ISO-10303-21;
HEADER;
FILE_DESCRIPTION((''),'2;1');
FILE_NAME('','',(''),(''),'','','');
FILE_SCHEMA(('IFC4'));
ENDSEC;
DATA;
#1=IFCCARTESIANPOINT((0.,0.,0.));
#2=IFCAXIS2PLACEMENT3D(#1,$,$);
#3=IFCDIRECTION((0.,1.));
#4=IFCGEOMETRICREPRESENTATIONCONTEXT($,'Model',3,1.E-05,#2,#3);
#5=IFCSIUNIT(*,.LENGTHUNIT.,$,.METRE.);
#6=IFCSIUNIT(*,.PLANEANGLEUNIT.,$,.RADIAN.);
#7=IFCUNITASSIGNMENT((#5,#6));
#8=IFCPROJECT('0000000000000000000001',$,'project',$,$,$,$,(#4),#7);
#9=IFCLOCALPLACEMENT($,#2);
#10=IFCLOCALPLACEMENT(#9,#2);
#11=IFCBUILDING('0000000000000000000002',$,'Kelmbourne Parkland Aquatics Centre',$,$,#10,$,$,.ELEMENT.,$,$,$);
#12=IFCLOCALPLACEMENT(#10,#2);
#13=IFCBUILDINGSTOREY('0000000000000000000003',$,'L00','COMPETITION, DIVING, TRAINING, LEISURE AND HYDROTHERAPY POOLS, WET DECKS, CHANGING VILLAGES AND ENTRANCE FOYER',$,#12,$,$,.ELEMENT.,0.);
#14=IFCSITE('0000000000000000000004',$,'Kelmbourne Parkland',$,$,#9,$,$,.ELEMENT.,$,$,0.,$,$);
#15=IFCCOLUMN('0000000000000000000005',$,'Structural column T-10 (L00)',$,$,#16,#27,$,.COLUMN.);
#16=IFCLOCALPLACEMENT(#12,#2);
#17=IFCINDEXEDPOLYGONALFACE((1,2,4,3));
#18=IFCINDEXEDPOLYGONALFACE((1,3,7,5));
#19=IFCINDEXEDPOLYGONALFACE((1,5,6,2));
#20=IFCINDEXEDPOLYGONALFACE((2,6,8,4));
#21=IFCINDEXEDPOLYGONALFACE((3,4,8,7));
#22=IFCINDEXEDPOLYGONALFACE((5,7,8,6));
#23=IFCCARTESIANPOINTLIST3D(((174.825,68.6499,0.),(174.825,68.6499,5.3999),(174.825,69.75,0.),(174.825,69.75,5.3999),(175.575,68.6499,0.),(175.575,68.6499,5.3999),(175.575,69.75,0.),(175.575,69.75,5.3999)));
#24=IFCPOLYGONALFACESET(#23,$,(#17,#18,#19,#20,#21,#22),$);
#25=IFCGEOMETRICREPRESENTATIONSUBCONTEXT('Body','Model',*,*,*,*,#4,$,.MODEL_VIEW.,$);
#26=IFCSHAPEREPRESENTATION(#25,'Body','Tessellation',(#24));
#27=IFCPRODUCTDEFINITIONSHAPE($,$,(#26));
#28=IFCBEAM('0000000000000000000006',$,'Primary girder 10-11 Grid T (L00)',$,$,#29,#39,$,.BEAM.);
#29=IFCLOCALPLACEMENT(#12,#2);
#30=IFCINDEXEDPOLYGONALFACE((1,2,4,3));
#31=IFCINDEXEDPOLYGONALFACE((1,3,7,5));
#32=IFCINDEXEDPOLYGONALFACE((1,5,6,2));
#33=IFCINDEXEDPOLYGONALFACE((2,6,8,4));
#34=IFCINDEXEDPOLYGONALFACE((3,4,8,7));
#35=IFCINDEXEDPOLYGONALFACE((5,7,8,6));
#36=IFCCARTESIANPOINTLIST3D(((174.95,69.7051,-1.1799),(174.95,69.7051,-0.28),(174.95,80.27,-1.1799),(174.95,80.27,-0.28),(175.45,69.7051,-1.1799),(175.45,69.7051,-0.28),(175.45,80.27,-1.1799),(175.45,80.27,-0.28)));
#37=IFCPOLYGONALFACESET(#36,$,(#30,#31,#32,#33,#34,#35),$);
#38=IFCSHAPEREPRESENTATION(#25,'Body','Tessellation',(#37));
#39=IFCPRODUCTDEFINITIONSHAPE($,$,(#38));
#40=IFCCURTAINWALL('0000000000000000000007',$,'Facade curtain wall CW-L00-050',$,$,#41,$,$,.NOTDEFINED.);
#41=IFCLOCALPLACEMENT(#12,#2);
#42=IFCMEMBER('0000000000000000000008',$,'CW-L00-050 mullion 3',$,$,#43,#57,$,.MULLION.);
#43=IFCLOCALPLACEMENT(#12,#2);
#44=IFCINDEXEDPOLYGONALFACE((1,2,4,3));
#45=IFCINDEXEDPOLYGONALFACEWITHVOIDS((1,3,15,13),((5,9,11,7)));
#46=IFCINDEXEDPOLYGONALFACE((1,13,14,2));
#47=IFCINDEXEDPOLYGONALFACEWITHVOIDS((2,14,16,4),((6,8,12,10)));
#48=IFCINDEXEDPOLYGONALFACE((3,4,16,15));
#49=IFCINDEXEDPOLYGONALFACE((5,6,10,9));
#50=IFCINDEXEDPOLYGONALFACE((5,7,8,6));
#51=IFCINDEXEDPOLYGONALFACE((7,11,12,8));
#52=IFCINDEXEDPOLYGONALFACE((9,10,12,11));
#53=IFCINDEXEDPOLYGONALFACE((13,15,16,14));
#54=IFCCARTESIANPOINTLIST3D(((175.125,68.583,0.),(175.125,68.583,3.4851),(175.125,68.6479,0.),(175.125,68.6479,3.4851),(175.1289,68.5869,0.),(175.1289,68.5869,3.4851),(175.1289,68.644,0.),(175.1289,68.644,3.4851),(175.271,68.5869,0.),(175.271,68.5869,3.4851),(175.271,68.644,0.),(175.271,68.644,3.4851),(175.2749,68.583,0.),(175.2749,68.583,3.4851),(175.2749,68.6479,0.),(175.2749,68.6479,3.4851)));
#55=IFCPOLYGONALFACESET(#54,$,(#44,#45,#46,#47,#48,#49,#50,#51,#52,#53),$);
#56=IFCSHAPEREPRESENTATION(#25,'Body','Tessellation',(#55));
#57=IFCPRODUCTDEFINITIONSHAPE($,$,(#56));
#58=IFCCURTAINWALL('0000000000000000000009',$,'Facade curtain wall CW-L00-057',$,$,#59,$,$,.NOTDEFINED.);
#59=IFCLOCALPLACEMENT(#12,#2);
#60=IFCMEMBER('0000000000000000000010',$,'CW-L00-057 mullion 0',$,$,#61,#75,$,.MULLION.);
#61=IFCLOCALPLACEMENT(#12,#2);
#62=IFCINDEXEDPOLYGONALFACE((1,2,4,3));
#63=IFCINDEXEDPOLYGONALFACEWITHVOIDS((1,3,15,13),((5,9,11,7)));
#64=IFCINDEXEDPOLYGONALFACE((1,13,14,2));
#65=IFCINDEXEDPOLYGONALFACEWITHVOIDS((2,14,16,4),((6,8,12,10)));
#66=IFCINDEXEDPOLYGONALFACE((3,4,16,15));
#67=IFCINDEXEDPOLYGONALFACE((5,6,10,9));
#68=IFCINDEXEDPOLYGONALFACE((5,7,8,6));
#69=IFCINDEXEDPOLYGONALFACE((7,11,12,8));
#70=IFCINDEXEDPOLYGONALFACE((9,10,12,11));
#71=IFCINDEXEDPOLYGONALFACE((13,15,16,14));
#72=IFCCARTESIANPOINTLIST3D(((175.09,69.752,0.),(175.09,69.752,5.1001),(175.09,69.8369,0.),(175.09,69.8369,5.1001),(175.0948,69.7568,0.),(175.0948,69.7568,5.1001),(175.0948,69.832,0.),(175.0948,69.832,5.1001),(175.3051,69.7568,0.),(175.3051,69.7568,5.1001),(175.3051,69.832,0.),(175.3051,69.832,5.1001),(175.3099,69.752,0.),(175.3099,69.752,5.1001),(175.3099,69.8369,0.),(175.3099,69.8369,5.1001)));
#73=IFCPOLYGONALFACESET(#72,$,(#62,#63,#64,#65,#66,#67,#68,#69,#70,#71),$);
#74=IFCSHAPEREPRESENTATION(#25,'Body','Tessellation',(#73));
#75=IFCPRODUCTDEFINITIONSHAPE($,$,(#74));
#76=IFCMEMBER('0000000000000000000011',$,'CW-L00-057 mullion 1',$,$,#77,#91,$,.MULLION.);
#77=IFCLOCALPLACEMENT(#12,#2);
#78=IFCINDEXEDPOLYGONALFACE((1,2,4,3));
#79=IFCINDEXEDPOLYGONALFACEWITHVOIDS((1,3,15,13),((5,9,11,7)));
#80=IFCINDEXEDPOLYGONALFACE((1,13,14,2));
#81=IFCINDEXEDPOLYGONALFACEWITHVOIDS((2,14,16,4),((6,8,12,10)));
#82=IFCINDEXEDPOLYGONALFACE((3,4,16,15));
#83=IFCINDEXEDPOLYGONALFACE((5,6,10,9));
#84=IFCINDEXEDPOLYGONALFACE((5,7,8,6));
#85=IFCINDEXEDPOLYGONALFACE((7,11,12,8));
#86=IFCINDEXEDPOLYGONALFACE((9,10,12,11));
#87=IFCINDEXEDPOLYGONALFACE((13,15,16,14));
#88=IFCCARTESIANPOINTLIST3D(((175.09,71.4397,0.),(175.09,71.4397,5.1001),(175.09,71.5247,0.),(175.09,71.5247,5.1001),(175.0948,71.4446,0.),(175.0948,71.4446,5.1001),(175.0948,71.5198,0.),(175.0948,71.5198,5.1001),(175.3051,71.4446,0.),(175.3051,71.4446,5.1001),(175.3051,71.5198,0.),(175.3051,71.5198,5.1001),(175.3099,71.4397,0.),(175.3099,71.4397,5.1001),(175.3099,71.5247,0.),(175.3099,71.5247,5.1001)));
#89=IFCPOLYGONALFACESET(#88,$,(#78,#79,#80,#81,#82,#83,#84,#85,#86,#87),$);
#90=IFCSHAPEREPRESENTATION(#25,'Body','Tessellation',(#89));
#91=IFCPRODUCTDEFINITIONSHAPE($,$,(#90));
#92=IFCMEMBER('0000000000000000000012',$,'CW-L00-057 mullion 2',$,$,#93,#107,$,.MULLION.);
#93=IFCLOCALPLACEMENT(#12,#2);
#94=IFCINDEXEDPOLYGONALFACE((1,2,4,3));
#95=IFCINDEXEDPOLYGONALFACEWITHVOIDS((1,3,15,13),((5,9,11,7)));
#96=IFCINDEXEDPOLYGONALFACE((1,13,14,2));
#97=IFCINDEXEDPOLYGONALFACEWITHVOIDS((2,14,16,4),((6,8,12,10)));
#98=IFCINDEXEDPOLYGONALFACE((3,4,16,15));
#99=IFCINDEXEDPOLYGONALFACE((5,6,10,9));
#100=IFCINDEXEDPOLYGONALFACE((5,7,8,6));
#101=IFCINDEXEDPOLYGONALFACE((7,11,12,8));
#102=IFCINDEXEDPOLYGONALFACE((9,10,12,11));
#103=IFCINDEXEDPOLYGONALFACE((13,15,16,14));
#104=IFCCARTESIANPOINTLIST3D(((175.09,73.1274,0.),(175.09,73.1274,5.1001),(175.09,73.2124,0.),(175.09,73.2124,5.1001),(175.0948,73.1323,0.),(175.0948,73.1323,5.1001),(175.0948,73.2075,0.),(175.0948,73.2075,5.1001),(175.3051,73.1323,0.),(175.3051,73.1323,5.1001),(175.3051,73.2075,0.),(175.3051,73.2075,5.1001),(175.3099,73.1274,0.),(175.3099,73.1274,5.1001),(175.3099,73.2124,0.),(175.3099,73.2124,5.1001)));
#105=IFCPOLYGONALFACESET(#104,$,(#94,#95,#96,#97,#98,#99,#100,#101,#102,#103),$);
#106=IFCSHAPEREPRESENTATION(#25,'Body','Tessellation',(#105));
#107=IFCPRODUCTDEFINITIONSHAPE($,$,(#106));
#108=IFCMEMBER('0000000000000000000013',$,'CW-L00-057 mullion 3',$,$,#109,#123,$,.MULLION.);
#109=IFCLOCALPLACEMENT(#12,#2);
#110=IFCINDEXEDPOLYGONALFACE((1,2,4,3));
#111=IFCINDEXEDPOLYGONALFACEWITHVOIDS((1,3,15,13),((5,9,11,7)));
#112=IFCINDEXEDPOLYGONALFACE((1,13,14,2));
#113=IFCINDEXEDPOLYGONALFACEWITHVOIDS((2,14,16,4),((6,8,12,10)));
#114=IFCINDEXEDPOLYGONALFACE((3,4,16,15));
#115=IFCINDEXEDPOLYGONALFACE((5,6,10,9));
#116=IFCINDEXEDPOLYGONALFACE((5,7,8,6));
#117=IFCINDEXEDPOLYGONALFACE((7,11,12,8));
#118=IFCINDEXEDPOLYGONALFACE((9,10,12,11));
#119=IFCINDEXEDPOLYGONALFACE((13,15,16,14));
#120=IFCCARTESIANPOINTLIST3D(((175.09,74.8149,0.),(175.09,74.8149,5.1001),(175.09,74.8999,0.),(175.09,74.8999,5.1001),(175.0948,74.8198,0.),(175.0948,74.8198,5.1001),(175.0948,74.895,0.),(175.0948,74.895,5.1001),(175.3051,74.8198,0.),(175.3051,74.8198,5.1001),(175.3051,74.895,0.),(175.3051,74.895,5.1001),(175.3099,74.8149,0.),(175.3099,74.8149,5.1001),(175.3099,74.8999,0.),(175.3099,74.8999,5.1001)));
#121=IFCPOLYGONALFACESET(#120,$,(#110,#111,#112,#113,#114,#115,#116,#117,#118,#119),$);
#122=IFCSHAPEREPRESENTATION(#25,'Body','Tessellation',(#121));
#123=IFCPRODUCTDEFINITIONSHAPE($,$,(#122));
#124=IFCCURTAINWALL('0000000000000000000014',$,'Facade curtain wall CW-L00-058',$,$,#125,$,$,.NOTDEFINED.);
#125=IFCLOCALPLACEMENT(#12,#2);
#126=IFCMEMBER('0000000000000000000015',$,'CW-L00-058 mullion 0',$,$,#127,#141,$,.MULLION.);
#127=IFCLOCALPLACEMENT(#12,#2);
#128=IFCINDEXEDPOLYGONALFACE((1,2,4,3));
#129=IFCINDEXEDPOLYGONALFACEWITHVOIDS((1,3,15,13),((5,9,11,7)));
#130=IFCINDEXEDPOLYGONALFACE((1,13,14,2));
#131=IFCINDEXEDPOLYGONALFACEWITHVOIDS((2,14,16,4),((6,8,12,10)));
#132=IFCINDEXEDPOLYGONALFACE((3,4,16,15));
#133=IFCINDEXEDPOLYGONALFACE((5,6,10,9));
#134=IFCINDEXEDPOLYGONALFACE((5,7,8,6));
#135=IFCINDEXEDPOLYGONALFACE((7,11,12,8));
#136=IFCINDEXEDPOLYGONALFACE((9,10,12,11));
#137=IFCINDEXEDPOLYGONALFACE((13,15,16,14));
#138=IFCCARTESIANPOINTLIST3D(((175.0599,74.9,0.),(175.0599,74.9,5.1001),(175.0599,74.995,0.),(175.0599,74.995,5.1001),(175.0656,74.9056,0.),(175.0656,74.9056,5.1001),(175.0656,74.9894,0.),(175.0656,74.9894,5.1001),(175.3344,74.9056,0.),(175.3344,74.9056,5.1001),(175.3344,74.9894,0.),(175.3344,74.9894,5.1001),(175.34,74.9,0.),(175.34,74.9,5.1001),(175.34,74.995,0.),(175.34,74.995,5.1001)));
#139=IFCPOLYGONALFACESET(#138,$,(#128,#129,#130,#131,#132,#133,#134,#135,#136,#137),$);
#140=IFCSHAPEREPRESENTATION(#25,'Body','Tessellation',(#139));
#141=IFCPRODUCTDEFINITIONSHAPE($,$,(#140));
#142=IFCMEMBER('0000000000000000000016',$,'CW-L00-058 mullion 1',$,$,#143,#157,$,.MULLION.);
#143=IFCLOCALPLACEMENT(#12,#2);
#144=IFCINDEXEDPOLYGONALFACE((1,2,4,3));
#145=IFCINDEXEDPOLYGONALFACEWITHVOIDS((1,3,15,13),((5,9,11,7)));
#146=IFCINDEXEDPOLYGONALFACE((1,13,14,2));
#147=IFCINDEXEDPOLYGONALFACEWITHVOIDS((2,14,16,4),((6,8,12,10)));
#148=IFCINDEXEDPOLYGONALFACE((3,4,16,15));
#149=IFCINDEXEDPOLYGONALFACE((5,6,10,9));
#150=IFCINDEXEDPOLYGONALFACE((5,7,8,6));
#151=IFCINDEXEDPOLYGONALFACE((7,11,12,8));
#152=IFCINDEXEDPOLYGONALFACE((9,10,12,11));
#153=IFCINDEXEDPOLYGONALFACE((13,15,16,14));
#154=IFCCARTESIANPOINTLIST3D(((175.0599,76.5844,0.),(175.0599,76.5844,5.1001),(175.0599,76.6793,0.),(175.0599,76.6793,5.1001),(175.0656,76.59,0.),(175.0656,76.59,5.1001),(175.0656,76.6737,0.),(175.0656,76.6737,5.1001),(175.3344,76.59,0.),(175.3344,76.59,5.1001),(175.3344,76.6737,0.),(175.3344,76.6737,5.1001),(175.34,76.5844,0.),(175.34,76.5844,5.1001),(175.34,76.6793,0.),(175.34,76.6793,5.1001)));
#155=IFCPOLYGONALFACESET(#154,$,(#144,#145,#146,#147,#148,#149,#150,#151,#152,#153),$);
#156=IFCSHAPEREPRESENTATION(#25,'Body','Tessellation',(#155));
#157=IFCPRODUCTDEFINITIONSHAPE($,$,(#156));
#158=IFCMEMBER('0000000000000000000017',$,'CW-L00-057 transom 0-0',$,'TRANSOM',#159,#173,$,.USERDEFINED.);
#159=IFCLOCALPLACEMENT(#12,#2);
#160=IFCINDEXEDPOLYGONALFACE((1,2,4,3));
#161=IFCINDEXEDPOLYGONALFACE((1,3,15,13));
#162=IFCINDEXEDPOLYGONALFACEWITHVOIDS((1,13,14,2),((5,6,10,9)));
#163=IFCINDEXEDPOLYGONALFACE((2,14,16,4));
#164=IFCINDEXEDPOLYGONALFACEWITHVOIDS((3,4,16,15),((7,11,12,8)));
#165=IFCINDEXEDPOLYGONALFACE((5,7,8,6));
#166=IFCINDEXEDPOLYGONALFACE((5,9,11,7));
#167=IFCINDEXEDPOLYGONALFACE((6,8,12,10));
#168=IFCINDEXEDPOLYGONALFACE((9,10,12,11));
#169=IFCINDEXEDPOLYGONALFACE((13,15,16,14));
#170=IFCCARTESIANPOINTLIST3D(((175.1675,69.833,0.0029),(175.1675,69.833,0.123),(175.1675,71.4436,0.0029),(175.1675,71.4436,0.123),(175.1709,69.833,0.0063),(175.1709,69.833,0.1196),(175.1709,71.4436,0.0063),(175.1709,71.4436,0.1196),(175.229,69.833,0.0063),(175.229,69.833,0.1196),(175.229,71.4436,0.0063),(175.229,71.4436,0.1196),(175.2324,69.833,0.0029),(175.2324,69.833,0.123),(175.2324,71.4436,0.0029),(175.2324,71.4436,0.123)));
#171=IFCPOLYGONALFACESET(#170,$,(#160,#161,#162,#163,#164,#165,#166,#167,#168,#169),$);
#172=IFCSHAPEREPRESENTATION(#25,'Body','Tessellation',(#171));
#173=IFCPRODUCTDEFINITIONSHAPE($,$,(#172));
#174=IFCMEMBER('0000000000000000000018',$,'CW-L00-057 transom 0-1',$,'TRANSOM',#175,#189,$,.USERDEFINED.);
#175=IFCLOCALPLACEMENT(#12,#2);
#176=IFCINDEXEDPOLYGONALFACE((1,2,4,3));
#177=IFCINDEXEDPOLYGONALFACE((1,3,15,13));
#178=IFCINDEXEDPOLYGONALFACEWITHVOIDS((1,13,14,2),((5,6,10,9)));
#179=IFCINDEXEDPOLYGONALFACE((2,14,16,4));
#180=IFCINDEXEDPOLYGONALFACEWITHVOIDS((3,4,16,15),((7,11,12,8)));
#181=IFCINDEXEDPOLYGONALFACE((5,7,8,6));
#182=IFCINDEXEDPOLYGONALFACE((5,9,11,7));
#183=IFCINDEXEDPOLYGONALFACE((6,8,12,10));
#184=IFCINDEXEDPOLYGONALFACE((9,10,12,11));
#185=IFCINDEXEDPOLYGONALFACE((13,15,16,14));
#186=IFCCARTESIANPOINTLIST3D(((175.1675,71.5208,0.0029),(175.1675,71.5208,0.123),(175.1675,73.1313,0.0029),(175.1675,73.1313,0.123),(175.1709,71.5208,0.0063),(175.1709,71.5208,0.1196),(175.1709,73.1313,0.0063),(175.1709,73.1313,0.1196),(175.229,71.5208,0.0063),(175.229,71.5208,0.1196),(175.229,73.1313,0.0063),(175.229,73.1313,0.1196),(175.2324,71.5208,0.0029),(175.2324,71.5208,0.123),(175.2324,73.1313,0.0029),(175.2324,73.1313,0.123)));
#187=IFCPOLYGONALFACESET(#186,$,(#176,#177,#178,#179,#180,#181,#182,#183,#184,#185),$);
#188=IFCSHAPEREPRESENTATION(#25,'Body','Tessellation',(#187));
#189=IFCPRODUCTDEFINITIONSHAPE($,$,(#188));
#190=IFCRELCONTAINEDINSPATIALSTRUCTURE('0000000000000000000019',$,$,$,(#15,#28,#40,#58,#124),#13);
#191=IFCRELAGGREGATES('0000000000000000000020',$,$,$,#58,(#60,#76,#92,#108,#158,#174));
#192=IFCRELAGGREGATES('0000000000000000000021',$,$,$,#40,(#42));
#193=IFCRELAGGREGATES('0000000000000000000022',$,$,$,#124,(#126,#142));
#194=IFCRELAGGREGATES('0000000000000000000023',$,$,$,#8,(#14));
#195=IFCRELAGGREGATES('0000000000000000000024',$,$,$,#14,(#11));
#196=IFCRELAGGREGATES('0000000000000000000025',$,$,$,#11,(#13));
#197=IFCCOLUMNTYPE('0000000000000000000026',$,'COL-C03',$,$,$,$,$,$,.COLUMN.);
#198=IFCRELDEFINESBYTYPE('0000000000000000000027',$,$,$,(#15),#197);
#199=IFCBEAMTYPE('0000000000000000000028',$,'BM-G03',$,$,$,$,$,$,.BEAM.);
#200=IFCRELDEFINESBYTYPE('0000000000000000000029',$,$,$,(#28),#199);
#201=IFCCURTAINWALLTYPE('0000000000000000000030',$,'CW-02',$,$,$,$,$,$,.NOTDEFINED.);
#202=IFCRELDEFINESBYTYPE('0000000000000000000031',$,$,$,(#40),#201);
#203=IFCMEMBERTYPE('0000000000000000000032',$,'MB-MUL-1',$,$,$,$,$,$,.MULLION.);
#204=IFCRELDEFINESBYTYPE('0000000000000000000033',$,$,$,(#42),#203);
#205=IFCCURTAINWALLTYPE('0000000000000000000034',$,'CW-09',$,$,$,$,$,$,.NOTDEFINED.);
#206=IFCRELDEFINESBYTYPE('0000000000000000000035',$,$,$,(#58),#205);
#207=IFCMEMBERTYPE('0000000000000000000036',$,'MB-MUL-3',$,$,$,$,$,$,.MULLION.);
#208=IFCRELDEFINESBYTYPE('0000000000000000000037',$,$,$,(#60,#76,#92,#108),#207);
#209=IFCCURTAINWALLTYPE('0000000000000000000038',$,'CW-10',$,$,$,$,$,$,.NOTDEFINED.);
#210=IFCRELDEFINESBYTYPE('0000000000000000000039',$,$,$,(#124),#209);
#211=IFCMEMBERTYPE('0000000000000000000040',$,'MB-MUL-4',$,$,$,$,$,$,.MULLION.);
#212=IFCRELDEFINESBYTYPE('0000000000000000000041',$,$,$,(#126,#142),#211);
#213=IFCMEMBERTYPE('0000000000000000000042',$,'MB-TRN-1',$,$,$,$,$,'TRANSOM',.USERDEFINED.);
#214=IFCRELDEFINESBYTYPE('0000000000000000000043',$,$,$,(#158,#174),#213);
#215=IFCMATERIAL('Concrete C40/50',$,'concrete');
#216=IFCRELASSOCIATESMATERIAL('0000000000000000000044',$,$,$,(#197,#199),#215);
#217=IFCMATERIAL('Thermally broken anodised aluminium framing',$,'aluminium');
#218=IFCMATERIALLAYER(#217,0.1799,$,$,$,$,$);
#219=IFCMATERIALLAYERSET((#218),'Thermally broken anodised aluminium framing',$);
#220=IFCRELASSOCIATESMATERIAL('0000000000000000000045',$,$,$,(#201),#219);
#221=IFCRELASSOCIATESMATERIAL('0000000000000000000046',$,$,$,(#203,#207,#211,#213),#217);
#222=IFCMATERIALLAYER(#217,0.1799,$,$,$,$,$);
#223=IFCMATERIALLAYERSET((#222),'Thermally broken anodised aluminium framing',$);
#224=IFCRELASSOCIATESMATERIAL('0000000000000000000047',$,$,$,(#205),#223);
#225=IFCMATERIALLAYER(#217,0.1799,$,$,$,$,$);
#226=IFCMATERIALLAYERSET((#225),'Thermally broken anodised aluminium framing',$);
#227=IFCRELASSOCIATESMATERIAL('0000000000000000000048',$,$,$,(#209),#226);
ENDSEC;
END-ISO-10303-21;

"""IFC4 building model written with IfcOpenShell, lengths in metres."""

from ifc_helpers import new_model, si_unit, direction, frame, origin, origin_2d, place, context, subcontext, project, spatial, rectangle, hollow_rectangle, extrude, material, layer, layer_set, material_profile, profile_set, type_object, element, aggregate, save


model = new_model("IFC4")

# Units and contexts
model_context = context("Model", 3, precision=1e-05, world=origin(), true_north=direction((0.0, 1.0)))
body_context = subcontext(model_context, "Body", "Model", "MODEL_VIEW")
ifc_project = project(units=[si_unit("LENGTHUNIT", "METRE"), si_unit("PLANEANGLEUNIT", "RADIAN")], contexts=[model_context])

# Site, building, storey
site_placement = place(None, origin())
site = spatial("IfcSite", under=ifc_project, at=site_placement, Name="Kelmbourne Parkland", CompositionType="ELEMENT", RefElevation=0.0)
building_placement = place(site_placement, origin())
building = spatial("IfcBuilding", under=site, at=building_placement, Name="Kelmbourne Parkland Aquatics Centre", CompositionType="ELEMENT")
storey_placement = place(building_placement, origin())
storey = spatial("IfcBuildingStorey", under=building, at=storey_placement, Name="L00", Description="COMPETITION, DIVING, TRAINING, LEISURE AND HYDROTHERAPY POOLS, WET DECKS, CHANGING VILLAGES AND ENTRANCE FOYER", CompositionType="ELEMENT", Elevation=0.0)

# Column
ifc_material_1 = material(Name="Concrete C40/50", Category="concrete")
ifc_material_profile_1 = material_profile(ifc_material_1, rectangle(XDim=0.75, YDim=1.1001, at=origin_2d()), Name="RC 750x1100")
ifc_profile_set_1 = profile_set([ifc_material_profile_1], Name="Concrete C40/50")
column_type = type_object("IfcColumnType", Name="COL-C03", PredefinedType="COLUMN", material=ifc_profile_set_1)
column_placement = place(storey_placement, frame((175.2, 69.2, 0.0), z_axis=(0.0, 0.0, 1.0), x_axis=(1.0, 0.0, 0.0)))
element("IfcColumn", 1, at=column_placement, inside=storey, type_object=column_type, Name="Structural column T-10 (L00)", PredefinedType="COLUMN", context=body_context, shape_type="SweptSolid", body=[
    extrude(rectangle(XDim=0.75, YDim=1.1001, at=origin_2d()), origin(), (0.0, 0.0, 1.0), 5.3999),
])

# Beam
ifc_material_profile_2 = material_profile(ifc_material_1, rectangle(XDim=0.5, YDim=0.8999, at=origin_2d()), Name="RC 500x900")
ifc_profile_set_2 = profile_set([ifc_material_profile_2], Name="Concrete C40/50")
beam_type = type_object("IfcBeamType", Name="BM-G03", PredefinedType="BEAM", material=ifc_profile_set_2)
beam_placement = place(storey_placement, frame((175.2, 69.7051, -0.73), z_axis=(0.0, 1.0, 0.0), x_axis=(-1.0, 0.0, 0.0)))
element("IfcBeam", 2, at=beam_placement, inside=storey, type_object=beam_type, Name="Primary girder 10-11 Grid T (L00)", PredefinedType="BEAM", context=body_context, shape_type="SweptSolid", body=[
    extrude(rectangle(XDim=0.5, YDim=0.8999, at=origin_2d()), origin(), (0.0, 0.0, 1.0), 10.5649),
])

# Curtain wall, member
ifc_material_2 = material(Name="Thermally broken anodised aluminium framing", Category="aluminium")
ifc_layer_1 = layer(ifc_material_2, 0.1799)
ifc_layer_set_1 = layer_set([ifc_layer_1], Name="Thermally broken anodised aluminium framing")
curtain_wall_type_1 = type_object("IfcCurtainWallType", Name="CW-02", PredefinedType="NOTDEFINED", material=ifc_layer_set_1)
curtain_wall_1_placement = place(storey_placement, origin())
curtain_wall_1 = element("IfcCurtainWall", 3, at=curtain_wall_1_placement, inside=storey, type_object=curtain_wall_type_1, Name="Facade curtain wall CW-L00-050", PredefinedType="NOTDEFINED")
ifc_material_profile_3 = material_profile(ifc_material_2, hollow_rectangle(XDim=0.0649, YDim=0.1499, WallThickness=0.0039, at=origin_2d()), Name="CW-M 65x150")
ifc_profile_set_3 = profile_set([ifc_material_profile_3], Name="Thermally broken anodised aluminium framing")
member_type_1 = type_object("IfcMemberType", Name="MB-MUL-1", PredefinedType="MULLION", material=ifc_profile_set_3)
member_1_placement = place(storey_placement, frame((175.2, 68.6155, 0.0), z_axis=(0.0, 0.0, 1.0), x_axis=(0.0, 1.0, 0.0)))
member_1 = element("IfcMember", 4, at=member_1_placement, type_object=member_type_1, Name="CW-L00-050 mullion 3", PredefinedType="MULLION", context=body_context, shape_type="SweptSolid", body=[
    extrude(hollow_rectangle(XDim=0.0649, YDim=0.1499, WallThickness=0.0039, at=origin_2d()), origin(), (0.0, 0.0, 1.0), 3.4851),
])

# Curtain walls, members
ifc_layer_2 = layer(ifc_material_2, 0.1799)
ifc_layer_set_2 = layer_set([ifc_layer_2], Name="Thermally broken anodised aluminium framing")
curtain_wall_type_2 = type_object("IfcCurtainWallType", Name="CW-09", PredefinedType="NOTDEFINED", material=ifc_layer_set_2)
curtain_wall_2_placement = place(storey_placement, origin())
curtain_wall_2 = element("IfcCurtainWall", 5, at=curtain_wall_2_placement, inside=storey, type_object=curtain_wall_type_2, Name="Facade curtain wall CW-L00-057", PredefinedType="NOTDEFINED")
ifc_material_profile_4 = material_profile(ifc_material_2, hollow_rectangle(XDim=0.085, YDim=0.22, WallThickness=0.0049, at=origin_2d()), Name="CW-M 85x220")
ifc_profile_set_4 = profile_set([ifc_material_profile_4], Name="Thermally broken anodised aluminium framing")
member_type_2 = type_object("IfcMemberType", Name="MB-MUL-3", PredefinedType="MULLION", material=ifc_profile_set_4)
member_2_placement = place(storey_placement, frame((175.2, 69.7944, 0.0), z_axis=(0.0, 0.0, 1.0), x_axis=(0.0, 1.0, 0.0)))
member_2 = element("IfcMember", 6, at=member_2_placement, type_object=member_type_2, Name="CW-L00-057 mullion 0", PredefinedType="MULLION", context=body_context, shape_type="SweptSolid", body=[
    extrude(hollow_rectangle(XDim=0.085, YDim=0.22, WallThickness=0.0049, at=origin_2d()), origin(), (0.0, 0.0, 1.0), 5.1001),
])
member_3_placement = place(storey_placement, frame((175.2, 71.4822, 0.0), z_axis=(0.0, 0.0, 1.0), x_axis=(0.0, 1.0, 0.0)))
member_3 = element("IfcMember", 7, at=member_3_placement, type_object=member_type_2, Name="CW-L00-057 mullion 1", PredefinedType="MULLION", context=body_context, shape_type="SweptSolid", body=[
    extrude(hollow_rectangle(XDim=0.085, YDim=0.22, WallThickness=0.0049, at=origin_2d()), origin(), (0.0, 0.0, 1.0), 5.1001),
])
member_4_placement = place(storey_placement, frame((175.2, 73.1699, 0.0), z_axis=(0.0, 0.0, 1.0), x_axis=(0.0, 1.0, 0.0)))
member_4 = element("IfcMember", 8, at=member_4_placement, type_object=member_type_2, Name="CW-L00-057 mullion 2", PredefinedType="MULLION", context=body_context, shape_type="SweptSolid", body=[
    extrude(hollow_rectangle(XDim=0.085, YDim=0.22, WallThickness=0.0049, at=origin_2d()), origin(), (0.0, 0.0, 1.0), 5.1001),
])
member_5_placement = place(storey_placement, frame((175.2, 74.8574, 0.0), z_axis=(0.0, 0.0, 1.0), x_axis=(0.0, 1.0, 0.0)))
member_5 = element("IfcMember", 9, at=member_5_placement, type_object=member_type_2, Name="CW-L00-057 mullion 3", PredefinedType="MULLION", context=body_context, shape_type="SweptSolid", body=[
    extrude(hollow_rectangle(XDim=0.085, YDim=0.22, WallThickness=0.0049, at=origin_2d()), origin(), (0.0, 0.0, 1.0), 5.1001),
])
ifc_layer_3 = layer(ifc_material_2, 0.1799)
ifc_layer_set_3 = layer_set([ifc_layer_3], Name="Thermally broken anodised aluminium framing")
curtain_wall_type_3 = type_object("IfcCurtainWallType", Name="CW-10", PredefinedType="NOTDEFINED", material=ifc_layer_set_3)
curtain_wall_3_placement = place(storey_placement, origin())
curtain_wall_3 = element("IfcCurtainWall", 10, at=curtain_wall_3_placement, inside=storey, type_object=curtain_wall_type_3, Name="Facade curtain wall CW-L00-058", PredefinedType="NOTDEFINED")
ifc_material_profile_5 = material_profile(ifc_material_2, hollow_rectangle(XDim=0.095, YDim=0.28, WallThickness=0.0056, at=origin_2d()), Name="CW-M 95x280")
ifc_profile_set_5 = profile_set([ifc_material_profile_5], Name="Thermally broken anodised aluminium framing")
member_type_3 = type_object("IfcMemberType", Name="MB-MUL-4", PredefinedType="MULLION", material=ifc_profile_set_5)
member_6_placement = place(storey_placement, frame((175.2, 74.9475, 0.0), z_axis=(0.0, 0.0, 1.0), x_axis=(0.0, 1.0, 0.0)))
member_6 = element("IfcMember", 11, at=member_6_placement, type_object=member_type_3, Name="CW-L00-058 mullion 0", PredefinedType="MULLION", context=body_context, shape_type="SweptSolid", body=[
    extrude(hollow_rectangle(XDim=0.095, YDim=0.28, WallThickness=0.0056, at=origin_2d()), origin(), (0.0, 0.0, 1.0), 5.1001),
])
member_7_placement = place(storey_placement, frame((175.2, 76.6318, 0.0), z_axis=(0.0, 0.0, 1.0), x_axis=(0.0, 1.0, 0.0)))
member_7 = element("IfcMember", 12, at=member_7_placement, type_object=member_type_3, Name="CW-L00-058 mullion 1", PredefinedType="MULLION", context=body_context, shape_type="SweptSolid", body=[
    extrude(hollow_rectangle(XDim=0.095, YDim=0.28, WallThickness=0.0056, at=origin_2d()), origin(), (0.0, 0.0, 1.0), 5.1001),
])

# Members
ifc_material_profile_6 = material_profile(ifc_material_2, hollow_rectangle(XDim=0.0649, YDim=0.1201, WallThickness=0.0034, at=origin_2d()), Name="CW-T 65x120")
ifc_profile_set_6 = profile_set([ifc_material_profile_6], Name="Thermally broken anodised aluminium framing")
member_type_4 = type_object("IfcMemberType", Name="MB-TRN-1", ElementType="TRANSOM", PredefinedType="USERDEFINED", material=ifc_profile_set_6)
member_8_placement = place(storey_placement, frame((175.2, 69.833, 0.063), z_axis=(0.0, 1.0, 0.0), x_axis=(-1.0, 0.0, 0.0)))
member_8 = element("IfcMember", 13, at=member_8_placement, type_object=member_type_4, Name="CW-L00-057 transom 0-0", ObjectType="TRANSOM", PredefinedType="USERDEFINED", context=body_context, shape_type="SweptSolid", body=[
    extrude(hollow_rectangle(XDim=0.0649, YDim=0.1201, WallThickness=0.0034, at=origin_2d()), origin(), (0.0, 0.0, 1.0), 1.6106),
])
member_9_placement = place(storey_placement, frame((175.2, 71.5208, 0.063), z_axis=(0.0, 1.0, 0.0), x_axis=(-1.0, 0.0, 0.0)))
member_9 = element("IfcMember", 14, at=member_9_placement, type_object=member_type_4, Name="CW-L00-057 transom 0-1", ObjectType="TRANSOM", PredefinedType="USERDEFINED", context=body_context, shape_type="SweptSolid", body=[
    extrude(hollow_rectangle(XDim=0.0649, YDim=0.1201, WallThickness=0.0034, at=origin_2d()), origin(), (0.0, 0.0, 1.0), 1.6106),
])

aggregate(curtain_wall_2, [member_2, member_3, member_4, member_5, member_8, member_9])
aggregate(curtain_wall_1, [member_1])
aggregate(curtain_wall_3, [member_6, member_7])

save(model, "model.ifc")
